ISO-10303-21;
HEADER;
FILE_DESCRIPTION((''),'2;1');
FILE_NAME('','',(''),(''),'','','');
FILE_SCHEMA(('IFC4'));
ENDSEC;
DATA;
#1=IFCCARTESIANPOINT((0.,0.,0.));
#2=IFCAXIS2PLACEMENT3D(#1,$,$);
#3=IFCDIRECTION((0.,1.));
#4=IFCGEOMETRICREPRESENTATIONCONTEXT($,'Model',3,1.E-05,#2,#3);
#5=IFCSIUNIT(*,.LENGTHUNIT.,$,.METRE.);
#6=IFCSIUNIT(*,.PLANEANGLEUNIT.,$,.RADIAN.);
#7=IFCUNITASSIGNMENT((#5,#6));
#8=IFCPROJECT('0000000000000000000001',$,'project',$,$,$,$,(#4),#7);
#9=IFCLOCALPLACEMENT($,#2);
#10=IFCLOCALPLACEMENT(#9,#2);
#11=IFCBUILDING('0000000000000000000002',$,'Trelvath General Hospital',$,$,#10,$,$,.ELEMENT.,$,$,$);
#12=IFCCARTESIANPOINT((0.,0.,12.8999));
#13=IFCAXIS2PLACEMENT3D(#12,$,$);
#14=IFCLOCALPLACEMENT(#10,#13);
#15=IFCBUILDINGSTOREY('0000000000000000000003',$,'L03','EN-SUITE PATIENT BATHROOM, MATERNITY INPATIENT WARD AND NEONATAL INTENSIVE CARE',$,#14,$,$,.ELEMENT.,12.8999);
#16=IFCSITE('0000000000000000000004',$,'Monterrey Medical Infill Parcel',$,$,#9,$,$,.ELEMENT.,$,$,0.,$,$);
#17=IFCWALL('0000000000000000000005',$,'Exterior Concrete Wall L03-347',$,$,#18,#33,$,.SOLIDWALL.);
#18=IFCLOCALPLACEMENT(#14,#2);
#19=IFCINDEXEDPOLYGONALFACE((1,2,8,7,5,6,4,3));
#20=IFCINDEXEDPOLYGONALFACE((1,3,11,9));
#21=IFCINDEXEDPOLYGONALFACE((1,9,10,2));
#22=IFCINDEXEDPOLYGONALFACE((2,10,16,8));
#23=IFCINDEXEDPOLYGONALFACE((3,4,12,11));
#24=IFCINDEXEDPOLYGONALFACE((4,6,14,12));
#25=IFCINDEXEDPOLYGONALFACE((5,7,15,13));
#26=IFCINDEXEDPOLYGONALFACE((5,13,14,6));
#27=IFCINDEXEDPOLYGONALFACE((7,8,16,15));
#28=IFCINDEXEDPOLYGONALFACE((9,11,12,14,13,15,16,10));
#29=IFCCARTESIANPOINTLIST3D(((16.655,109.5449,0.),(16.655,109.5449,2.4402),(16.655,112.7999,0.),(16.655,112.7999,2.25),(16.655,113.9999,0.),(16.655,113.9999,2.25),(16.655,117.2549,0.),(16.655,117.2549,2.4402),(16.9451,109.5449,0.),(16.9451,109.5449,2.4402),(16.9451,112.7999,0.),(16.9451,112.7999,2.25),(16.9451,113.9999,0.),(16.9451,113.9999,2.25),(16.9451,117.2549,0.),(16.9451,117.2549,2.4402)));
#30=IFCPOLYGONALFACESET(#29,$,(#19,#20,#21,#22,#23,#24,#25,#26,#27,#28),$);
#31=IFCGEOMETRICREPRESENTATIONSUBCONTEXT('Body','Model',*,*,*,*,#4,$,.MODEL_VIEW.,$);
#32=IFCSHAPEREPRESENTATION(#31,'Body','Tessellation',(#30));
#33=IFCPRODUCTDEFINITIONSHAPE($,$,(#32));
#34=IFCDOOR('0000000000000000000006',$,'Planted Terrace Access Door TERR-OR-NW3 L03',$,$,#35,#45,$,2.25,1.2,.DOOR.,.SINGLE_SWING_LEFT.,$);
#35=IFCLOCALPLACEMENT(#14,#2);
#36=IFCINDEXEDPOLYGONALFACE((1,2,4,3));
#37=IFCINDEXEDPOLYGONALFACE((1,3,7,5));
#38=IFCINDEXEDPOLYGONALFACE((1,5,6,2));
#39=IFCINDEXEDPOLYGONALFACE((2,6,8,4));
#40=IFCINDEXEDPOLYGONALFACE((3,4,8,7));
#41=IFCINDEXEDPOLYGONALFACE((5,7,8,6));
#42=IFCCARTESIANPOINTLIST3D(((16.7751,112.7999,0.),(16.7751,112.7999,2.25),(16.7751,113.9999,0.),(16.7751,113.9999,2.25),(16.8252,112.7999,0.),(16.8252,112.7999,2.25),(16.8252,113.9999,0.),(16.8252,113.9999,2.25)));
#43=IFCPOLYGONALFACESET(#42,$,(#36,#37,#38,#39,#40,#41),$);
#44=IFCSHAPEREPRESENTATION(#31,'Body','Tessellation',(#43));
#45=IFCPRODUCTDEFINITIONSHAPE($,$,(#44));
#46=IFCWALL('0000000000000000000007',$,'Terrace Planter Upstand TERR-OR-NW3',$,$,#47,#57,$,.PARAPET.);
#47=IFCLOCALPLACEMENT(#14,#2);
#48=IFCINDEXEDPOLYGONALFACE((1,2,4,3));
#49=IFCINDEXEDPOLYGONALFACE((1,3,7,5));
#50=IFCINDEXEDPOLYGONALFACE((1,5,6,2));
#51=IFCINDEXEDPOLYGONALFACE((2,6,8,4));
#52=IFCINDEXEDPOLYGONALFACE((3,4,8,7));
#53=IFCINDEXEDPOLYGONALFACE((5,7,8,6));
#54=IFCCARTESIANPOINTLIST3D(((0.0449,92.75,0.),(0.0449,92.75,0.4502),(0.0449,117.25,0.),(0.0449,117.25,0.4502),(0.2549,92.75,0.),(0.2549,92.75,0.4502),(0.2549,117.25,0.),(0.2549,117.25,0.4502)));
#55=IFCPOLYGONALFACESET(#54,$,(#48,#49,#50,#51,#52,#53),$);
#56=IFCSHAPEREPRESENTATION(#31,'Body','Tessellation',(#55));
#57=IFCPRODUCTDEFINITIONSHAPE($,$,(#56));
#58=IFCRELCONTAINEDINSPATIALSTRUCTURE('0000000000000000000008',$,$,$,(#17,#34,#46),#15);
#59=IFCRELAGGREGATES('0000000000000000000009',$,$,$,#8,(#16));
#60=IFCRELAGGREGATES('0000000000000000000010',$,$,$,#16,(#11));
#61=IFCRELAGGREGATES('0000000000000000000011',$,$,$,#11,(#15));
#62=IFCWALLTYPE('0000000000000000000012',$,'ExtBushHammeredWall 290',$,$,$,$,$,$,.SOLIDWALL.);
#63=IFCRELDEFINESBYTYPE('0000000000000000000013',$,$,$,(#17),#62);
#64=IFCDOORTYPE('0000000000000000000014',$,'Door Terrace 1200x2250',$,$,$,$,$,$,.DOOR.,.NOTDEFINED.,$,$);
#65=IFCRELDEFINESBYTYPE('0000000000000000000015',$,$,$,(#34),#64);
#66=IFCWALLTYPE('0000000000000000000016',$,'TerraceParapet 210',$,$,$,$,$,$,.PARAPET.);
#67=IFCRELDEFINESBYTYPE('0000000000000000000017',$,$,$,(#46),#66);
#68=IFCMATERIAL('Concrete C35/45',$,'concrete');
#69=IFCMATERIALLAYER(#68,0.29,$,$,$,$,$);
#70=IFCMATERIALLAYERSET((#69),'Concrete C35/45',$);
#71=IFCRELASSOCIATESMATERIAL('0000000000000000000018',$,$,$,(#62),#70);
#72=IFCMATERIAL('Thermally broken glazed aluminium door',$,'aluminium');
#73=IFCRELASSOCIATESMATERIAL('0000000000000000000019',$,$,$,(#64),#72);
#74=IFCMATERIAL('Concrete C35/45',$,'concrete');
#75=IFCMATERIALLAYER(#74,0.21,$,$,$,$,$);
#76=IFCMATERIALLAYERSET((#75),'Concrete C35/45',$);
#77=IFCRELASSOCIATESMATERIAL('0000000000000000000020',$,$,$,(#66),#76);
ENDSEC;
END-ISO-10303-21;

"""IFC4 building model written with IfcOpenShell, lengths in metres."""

from ifc_helpers import new_model, si_unit, direction, frame, frame_2d, origin, place, context, subcontext, project, spatial, rectangle, extrude, material, layer, layer_set, type_object, element, fill, save


model = new_model("IFC4")

# Units and contexts
model_context = context("Model", 3, precision=1e-05, world=origin(), true_north=direction((0.0, 1.0)))
body_context = subcontext(model_context, "Body", "Model", "MODEL_VIEW")
ifc_project = project(units=[si_unit("LENGTHUNIT", "METRE"), si_unit("PLANEANGLEUNIT", "RADIAN")], contexts=[model_context])

# Site, building, storey
site_placement = place(None, origin())
site = spatial("IfcSite", under=ifc_project, at=site_placement, Name="Monterrey Medical Infill Parcel", CompositionType="ELEMENT", RefElevation=0.0)
building_placement = place(site_placement, origin())
building = spatial("IfcBuilding", under=site, at=building_placement, Name="Trelvath General Hospital", CompositionType="ELEMENT")
storey_placement = place(building_placement, frame((0.0, 0.0, 12.8999)))
storey = spatial("IfcBuildingStorey", under=building, at=storey_placement, Name="L03", Description="EN-SUITE PATIENT BATHROOM, MATERNITY INPATIENT WARD AND NEONATAL INTENSIVE CARE", CompositionType="ELEMENT", Elevation=12.8999)

# Shared definitions
ifc_material_1 = material(Name="Concrete C35/45", Category="concrete")
ifc_layer_1 = layer(ifc_material_1, 0.29)
ifc_layer_set_1 = layer_set([ifc_layer_1], Name="Concrete C35/45")
wall_type_1 = type_object("IfcWallType", Name="ExtBushHammeredWall 290", PredefinedType="SOLIDWALL", material=ifc_layer_set_1)

# Wall, opening, door
wall_1_placement = place(storey_placement, frame((16.8, 109.5449, 0.0), z_axis=(0.0, 0.0, 1.0), x_axis=(0.0, 1.0, 0.0)))
wall_1 = element("IfcWall", 1, at=wall_1_placement, inside=storey, type_object=wall_type_1, Name="Exterior Concrete Wall L03-347", PredefinedType="SOLIDWALL", context=body_context, shape_type="SweptSolid", body=[
    extrude(rectangle(XDim=7.71, YDim=0.29, at=frame_2d((3.855, 0.0))), origin(), (0.0, 0.0, 1.0), 2.4402),
])
opening_1_placement = place(wall_1_placement, frame((3.2549, 0.0, 0.0)))
opening_1 = element("IfcOpeningElement", 2, at=opening_1_placement, cuts=wall_1, PredefinedType="OPENING", context=body_context, shape_type="SweptSolid", body=[
    extrude(rectangle(XDim=1.2, YDim=2.25, at=frame_2d((0.6001, 1.125))), frame((0.0, 0.155, 0.0), z_axis=(0.0, -1.0, 0.0), x_axis=(1.0, 0.0, 0.0)), (0.0, 0.0, 1.0), 0.3101),
])
ifc_material_2 = material(Name="Thermally broken glazed aluminium door", Category="aluminium")
door_type_1 = type_object("IfcDoorType", Name="Door Terrace 1200x2250", OperationType="NOTDEFINED", PredefinedType="DOOR", material=ifc_material_2)
door_1_placement = place(opening_1_placement, origin())
door_1 = element("IfcDoor", 3, at=door_1_placement, inside=storey, type_object=door_type_1, Name="Planted Terrace Access Door TERR-OR-NW3 L03", OperationType="SINGLE_SWING_LEFT", OverallHeight=2.25, OverallWidth=1.2, PredefinedType="DOOR", context=body_context, shape_type="SweptSolid", body=[
    extrude(rectangle(XDim=1.2, YDim=2.25, at=frame_2d((0.6001, 1.125))), frame((0.0, 0.0249, 0.0), z_axis=(0.0, -1.0, 0.0), x_axis=(1.0, 0.0, 0.0)), (0.0, 0.0, 1.0), 0.05),
])
fill(opening_1, door_1)

# Wall
ifc_material_3 = material(Name="Concrete C35/45", Category="concrete")
ifc_layer_2 = layer(ifc_material_3, 0.21)
ifc_layer_set_2 = layer_set([ifc_layer_2], Name="Concrete C35/45")
wall_type_2 = type_object("IfcWallType", Name="TerraceParapet 210", PredefinedType="PARAPET", material=ifc_layer_set_2)
wall_2_placement = place(storey_placement, frame((0.1499, 92.75, 0.0), z_axis=(0.0, 0.0, 1.0), x_axis=(0.0, 1.0, 0.0)))
element("IfcWall", 4, at=wall_2_placement, inside=storey, type_object=wall_type_2, Name="Terrace Planter Upstand TERR-OR-NW3", PredefinedType="PARAPET", context=body_context, shape_type="SweptSolid", body=[
    extrude(rectangle(XDim=24.5, YDim=0.21, at=frame_2d((12.25, 0.0))), origin(), (0.0, 0.0, 1.0), 0.4502),
])

save(model, "model.ifc")
